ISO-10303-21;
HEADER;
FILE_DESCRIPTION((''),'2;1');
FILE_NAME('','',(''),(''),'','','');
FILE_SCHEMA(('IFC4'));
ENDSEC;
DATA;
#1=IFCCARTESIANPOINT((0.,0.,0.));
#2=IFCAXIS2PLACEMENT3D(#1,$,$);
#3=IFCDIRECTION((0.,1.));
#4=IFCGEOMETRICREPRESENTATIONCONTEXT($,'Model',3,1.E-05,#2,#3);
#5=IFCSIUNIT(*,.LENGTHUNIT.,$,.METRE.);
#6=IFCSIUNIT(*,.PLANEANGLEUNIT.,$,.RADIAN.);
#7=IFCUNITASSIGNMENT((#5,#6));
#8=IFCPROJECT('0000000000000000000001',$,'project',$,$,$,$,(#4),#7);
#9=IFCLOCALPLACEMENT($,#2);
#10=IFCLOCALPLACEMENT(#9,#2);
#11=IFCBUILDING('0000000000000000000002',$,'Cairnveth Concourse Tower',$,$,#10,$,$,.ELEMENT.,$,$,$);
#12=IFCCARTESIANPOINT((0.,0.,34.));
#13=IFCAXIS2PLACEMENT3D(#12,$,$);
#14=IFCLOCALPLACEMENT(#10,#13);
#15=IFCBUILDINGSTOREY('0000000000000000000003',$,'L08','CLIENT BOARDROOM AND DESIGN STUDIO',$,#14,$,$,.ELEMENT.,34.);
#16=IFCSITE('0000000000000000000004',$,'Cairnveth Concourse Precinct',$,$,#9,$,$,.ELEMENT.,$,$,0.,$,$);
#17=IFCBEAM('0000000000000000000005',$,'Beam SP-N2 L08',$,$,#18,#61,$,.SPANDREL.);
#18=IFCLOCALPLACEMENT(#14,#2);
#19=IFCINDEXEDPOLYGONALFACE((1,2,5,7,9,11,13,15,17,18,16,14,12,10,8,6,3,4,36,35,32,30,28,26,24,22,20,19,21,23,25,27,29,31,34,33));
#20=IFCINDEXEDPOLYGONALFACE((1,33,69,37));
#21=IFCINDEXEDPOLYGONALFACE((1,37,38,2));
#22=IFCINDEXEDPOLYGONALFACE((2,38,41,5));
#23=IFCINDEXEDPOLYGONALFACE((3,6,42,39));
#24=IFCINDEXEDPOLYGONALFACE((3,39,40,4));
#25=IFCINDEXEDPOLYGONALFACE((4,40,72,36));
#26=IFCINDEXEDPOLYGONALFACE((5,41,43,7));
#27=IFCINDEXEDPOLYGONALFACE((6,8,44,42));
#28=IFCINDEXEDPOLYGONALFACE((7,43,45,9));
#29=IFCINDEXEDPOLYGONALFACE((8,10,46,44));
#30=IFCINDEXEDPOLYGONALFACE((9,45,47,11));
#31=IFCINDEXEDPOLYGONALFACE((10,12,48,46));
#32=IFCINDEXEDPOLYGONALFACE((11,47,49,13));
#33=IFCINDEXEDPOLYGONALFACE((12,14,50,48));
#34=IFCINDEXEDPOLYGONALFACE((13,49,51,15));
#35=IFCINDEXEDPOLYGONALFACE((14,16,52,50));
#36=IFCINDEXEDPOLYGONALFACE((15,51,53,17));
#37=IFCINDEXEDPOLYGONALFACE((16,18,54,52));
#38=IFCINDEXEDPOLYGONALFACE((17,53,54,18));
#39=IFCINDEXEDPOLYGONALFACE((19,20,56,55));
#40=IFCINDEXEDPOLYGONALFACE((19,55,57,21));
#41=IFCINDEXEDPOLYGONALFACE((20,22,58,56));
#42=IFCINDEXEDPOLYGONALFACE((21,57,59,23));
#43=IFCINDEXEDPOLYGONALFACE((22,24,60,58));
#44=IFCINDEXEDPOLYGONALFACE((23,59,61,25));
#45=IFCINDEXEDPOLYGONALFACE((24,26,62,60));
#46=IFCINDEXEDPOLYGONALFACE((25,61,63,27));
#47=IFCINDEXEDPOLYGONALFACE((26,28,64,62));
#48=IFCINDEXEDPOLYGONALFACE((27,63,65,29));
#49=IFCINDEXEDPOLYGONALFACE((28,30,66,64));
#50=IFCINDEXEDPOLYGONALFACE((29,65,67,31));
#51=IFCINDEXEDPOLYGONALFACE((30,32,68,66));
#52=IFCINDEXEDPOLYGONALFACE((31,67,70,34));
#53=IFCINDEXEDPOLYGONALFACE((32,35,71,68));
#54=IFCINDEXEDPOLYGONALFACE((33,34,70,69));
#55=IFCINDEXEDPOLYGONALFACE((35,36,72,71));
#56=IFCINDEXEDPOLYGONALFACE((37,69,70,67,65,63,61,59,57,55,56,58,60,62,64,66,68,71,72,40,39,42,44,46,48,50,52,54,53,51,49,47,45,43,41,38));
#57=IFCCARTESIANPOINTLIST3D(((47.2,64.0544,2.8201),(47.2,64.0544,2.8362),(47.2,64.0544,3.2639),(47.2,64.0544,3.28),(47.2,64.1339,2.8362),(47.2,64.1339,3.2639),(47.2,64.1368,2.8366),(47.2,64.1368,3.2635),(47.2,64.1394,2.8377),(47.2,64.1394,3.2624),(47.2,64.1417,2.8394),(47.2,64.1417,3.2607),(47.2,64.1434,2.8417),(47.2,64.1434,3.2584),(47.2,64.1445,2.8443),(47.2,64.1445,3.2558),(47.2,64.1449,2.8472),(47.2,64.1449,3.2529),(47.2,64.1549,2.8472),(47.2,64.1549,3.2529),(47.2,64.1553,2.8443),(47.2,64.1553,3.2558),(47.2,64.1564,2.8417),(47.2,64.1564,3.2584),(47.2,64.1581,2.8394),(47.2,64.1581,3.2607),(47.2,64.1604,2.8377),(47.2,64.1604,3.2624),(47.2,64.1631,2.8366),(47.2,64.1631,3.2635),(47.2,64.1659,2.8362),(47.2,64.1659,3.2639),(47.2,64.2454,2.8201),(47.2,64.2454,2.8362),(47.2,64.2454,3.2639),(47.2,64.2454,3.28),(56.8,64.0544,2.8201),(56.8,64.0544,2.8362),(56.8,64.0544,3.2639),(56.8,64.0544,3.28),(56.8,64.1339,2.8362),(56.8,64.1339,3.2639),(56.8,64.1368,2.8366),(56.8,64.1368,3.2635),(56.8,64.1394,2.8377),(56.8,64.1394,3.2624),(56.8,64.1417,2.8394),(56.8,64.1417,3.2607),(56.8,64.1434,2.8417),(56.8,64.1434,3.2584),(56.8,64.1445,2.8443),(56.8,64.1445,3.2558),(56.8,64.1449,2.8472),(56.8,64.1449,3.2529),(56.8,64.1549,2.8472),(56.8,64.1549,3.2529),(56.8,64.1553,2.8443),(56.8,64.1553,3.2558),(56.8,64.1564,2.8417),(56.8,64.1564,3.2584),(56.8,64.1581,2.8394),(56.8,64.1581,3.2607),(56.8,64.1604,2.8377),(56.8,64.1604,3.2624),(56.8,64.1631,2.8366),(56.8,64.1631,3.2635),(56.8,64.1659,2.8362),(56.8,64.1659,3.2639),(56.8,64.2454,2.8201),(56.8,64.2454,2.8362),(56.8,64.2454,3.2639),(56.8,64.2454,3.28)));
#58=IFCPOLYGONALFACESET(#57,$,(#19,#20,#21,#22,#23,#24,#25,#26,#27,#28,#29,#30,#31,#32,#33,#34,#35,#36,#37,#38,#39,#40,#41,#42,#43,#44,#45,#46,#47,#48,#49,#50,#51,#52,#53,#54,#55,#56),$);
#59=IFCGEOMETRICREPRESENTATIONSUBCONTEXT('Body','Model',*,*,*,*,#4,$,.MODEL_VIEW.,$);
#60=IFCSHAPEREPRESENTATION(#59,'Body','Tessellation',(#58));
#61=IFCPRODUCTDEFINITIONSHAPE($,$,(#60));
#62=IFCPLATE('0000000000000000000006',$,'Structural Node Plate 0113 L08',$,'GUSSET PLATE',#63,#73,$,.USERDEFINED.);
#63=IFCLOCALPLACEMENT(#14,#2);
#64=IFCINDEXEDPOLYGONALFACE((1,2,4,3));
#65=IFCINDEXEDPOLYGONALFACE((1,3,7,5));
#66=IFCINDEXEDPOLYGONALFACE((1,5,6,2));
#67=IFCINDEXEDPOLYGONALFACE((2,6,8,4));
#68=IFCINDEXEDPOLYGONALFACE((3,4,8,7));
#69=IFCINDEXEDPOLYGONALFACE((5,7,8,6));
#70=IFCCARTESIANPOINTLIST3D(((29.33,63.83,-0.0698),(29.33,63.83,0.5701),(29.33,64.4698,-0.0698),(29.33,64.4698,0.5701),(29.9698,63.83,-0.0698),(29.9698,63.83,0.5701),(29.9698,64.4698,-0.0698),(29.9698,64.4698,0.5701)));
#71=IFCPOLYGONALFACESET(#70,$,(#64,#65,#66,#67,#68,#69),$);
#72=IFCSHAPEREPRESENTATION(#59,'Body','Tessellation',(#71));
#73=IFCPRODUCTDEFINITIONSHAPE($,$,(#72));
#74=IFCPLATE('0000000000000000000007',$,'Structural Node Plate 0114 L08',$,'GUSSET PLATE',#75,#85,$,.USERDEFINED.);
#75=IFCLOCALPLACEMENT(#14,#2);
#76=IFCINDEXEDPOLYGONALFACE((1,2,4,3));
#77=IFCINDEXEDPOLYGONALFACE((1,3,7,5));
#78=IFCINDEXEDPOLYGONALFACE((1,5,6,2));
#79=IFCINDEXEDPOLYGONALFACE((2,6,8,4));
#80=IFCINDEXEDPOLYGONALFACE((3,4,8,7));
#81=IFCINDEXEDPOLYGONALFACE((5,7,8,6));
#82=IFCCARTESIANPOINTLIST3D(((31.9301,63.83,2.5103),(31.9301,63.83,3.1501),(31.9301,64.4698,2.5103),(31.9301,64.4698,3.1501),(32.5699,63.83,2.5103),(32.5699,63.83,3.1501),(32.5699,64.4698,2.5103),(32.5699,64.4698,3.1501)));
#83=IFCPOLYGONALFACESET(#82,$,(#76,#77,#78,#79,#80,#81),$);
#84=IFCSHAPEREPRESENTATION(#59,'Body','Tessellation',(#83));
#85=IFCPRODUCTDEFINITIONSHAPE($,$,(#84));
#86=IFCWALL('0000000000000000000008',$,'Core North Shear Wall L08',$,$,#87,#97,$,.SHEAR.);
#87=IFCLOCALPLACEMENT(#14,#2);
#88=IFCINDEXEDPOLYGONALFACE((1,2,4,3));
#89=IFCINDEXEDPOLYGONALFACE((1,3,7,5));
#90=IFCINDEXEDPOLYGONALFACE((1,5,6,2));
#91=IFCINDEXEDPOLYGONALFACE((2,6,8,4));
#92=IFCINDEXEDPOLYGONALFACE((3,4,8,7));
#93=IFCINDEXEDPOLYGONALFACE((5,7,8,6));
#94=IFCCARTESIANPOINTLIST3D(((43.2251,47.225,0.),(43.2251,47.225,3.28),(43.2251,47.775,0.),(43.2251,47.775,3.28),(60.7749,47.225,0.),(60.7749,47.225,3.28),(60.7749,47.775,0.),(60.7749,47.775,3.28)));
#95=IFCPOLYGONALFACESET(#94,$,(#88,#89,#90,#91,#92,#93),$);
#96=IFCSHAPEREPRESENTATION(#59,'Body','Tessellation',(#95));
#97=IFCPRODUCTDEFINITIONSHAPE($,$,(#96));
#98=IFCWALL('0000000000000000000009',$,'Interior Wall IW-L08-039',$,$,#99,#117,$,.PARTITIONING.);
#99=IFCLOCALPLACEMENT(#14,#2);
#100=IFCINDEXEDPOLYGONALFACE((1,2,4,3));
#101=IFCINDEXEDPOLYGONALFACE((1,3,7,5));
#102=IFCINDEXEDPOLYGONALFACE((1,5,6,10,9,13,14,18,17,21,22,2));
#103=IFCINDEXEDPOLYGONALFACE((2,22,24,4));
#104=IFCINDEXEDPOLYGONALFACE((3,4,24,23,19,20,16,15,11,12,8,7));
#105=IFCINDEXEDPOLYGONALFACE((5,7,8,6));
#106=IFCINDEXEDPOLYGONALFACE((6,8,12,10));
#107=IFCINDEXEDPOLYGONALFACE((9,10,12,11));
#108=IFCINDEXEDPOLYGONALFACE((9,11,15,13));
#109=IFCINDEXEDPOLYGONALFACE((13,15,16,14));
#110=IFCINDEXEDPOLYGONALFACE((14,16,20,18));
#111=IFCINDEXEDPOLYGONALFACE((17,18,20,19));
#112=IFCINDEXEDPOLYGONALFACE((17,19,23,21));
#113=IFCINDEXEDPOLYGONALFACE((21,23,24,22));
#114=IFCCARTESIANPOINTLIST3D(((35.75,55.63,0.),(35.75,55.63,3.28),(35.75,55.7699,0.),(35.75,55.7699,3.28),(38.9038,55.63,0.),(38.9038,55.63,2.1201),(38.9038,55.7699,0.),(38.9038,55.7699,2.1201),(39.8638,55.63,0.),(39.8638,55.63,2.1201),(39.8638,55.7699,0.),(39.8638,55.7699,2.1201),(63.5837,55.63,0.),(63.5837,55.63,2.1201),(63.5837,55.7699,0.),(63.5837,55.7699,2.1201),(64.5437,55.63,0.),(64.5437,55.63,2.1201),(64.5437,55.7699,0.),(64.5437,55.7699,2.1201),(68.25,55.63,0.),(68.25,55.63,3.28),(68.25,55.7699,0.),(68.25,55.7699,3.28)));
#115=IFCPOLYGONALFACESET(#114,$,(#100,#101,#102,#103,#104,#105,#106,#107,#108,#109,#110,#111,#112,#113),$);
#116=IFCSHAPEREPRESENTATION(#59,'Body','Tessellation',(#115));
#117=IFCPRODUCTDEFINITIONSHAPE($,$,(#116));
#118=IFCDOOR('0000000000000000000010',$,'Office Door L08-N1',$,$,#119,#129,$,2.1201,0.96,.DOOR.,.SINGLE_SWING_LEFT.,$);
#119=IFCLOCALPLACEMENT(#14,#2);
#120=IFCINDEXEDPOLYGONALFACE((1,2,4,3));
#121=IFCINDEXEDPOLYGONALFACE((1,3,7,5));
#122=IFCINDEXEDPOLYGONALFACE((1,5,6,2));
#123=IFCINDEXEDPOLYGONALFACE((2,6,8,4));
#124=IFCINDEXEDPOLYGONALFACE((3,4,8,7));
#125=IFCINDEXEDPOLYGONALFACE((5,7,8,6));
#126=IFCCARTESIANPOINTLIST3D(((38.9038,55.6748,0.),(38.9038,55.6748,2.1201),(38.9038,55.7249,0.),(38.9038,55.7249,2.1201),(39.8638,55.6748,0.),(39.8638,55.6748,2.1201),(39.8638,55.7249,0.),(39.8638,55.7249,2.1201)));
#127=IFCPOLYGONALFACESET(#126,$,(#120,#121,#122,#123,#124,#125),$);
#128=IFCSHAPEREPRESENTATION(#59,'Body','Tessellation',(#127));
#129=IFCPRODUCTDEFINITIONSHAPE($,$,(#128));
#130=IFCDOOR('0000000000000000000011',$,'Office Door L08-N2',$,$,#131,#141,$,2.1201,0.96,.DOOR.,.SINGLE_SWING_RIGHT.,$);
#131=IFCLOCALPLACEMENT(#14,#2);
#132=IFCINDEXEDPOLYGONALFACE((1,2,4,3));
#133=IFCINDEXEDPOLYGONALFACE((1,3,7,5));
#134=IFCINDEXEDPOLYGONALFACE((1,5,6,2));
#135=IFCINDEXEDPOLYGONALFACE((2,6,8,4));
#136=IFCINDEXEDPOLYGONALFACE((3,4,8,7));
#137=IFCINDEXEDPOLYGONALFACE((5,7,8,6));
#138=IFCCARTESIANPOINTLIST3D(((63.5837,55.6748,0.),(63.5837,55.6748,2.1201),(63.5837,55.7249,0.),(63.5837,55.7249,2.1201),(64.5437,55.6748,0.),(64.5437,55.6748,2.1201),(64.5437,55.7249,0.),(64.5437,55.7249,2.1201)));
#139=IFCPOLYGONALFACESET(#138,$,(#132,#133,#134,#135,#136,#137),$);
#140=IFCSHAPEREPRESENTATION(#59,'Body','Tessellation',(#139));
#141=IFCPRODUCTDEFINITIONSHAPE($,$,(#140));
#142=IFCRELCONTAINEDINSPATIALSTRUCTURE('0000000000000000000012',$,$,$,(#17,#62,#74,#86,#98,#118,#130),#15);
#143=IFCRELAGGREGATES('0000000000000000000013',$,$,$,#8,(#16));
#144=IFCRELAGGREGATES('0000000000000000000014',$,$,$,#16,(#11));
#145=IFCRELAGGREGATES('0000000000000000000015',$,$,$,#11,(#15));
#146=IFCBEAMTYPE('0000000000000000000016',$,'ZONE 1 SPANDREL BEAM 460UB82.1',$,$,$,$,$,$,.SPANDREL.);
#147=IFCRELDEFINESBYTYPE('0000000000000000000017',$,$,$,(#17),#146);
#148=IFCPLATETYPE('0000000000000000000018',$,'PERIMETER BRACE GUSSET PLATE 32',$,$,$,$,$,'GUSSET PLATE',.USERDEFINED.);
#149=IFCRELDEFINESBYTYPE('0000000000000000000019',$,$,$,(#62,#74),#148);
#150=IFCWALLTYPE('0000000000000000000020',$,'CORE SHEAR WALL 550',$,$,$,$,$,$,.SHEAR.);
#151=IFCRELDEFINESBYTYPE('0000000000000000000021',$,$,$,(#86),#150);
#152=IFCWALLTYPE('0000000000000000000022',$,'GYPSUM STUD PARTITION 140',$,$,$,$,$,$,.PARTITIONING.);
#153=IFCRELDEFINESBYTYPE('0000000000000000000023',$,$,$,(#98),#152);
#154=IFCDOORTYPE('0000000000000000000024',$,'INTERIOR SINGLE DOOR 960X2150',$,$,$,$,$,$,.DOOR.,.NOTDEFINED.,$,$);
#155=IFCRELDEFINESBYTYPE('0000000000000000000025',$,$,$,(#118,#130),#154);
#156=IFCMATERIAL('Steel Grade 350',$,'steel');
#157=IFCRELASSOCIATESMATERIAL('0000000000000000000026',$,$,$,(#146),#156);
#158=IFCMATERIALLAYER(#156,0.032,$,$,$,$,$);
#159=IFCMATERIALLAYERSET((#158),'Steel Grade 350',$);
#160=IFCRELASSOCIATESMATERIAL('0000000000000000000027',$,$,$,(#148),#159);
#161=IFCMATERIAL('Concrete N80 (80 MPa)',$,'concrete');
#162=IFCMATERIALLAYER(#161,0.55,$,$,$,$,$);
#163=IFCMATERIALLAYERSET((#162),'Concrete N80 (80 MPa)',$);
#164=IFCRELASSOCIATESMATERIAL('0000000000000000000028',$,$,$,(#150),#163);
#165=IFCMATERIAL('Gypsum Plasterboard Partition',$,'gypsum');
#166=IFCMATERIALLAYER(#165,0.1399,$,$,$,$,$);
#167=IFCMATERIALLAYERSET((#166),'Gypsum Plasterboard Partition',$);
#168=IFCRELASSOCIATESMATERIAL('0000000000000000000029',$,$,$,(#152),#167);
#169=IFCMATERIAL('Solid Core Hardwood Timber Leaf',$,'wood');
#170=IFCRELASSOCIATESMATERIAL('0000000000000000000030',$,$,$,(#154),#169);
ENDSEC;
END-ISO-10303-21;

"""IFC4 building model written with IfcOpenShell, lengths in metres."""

from ifc_helpers import new_model, si_unit, direction, frame, frame_2d, origin, origin_2d, place, context, subcontext, project, spatial, rectangle, i_section, extrude, material, layer, layer_set, material_profile, profile_set, type_object, element, fill, save


model = new_model("IFC4")

# Units and contexts
model_context = context("Model", 3, precision=1e-05, world=origin(), true_north=direction((0.0, 1.0)))
body_context = subcontext(model_context, "Body", "Model", "MODEL_VIEW")
ifc_project = project(units=[si_unit("LENGTHUNIT", "METRE"), si_unit("PLANEANGLEUNIT", "RADIAN")], contexts=[model_context])

# Site, building, storey
site_placement = place(None, origin())
site = spatial("IfcSite", under=ifc_project, at=site_placement, Name="Cairnveth Concourse Precinct", CompositionType="ELEMENT", RefElevation=0.0)
building_placement = place(site_placement, origin())
building = spatial("IfcBuilding", under=site, at=building_placement, Name="Cairnveth Concourse Tower", CompositionType="ELEMENT")
storey_placement = place(building_placement, frame((0.0, 0.0, 34.0)))
storey = spatial("IfcBuildingStorey", under=building, at=storey_placement, Name="L08", Description="CLIENT BOARDROOM AND DESIGN STUDIO", CompositionType="ELEMENT", Elevation=34.0)

# Shared definitions
ifc_material_1 = material(Name="Steel Grade 350", Category="steel")

# Beam
ifc_material_profile_1 = material_profile(ifc_material_1, i_section(OverallWidth=0.1909, OverallDepth=0.46, WebThickness=0.01, FlangeThickness=0.0161, FilletRadius=0.011, at=origin_2d()), Name="460UB82.1")
ifc_profile_set_1 = profile_set([ifc_material_profile_1], Name="Steel Grade 350")
beam_type_1 = type_object("IfcBeamType", Name="ZONE 1 SPANDREL BEAM 460UB82.1", PredefinedType="SPANDREL", material=ifc_profile_set_1)
beam_1_placement = place(storey_placement, frame((47.2, 64.1499, 3.05), z_axis=(1.0, 0.0, 0.0), x_axis=(0.0, 1.0, 0.0)))
element("IfcBeam", 1, at=beam_1_placement, inside=storey, type_object=beam_type_1, Name="Beam SP-N2 L08", PredefinedType="SPANDREL", context=body_context, shape_type="SweptSolid", body=[
    extrude(i_section(OverallWidth=0.1909, OverallDepth=0.46, WebThickness=0.01, FlangeThickness=0.0161, FilletRadius=0.011, at=origin_2d()), origin(), (0.0, 0.0, 1.0), 9.6001),
])

# Plates
ifc_layer_1 = layer(ifc_material_1, 0.032)
ifc_layer_set_1 = layer_set([ifc_layer_1], Name="Steel Grade 350")
plate_type = type_object("IfcPlateType", Name="PERIMETER BRACE GUSSET PLATE 32", ElementType="GUSSET PLATE", PredefinedType="USERDEFINED", material=ifc_layer_set_1)
for number, where, z_axis, x_axis, name in (
    (2, (29.6499, 64.1499, -0.0698), (0.0, 0.0, 1.0), (1.0, 0.0, 0.0), "Structural Node Plate 0113 L08"),
    (3, (32.25, 64.1499, 2.5103), (0.0, 0.0, 1.0), (1.0, 0.0, 0.0), "Structural Node Plate 0114 L08"),
):
    element("IfcPlate", number, at=place(storey_placement, frame(where, z_axis=z_axis, x_axis=x_axis)), inside=storey, type_object=plate_type, Name=name, ObjectType="GUSSET PLATE", PredefinedType="USERDEFINED", context=body_context, shape_type="SweptSolid", body=[
        extrude(rectangle(XDim=0.6399, YDim=0.6399, at=origin_2d()), origin(), (0.0, 0.0, 1.0), 0.6399),
    ])

# Wall
ifc_material_2 = material(Name="Concrete N80 (80 MPa)", Category="concrete")
ifc_layer_2 = layer(ifc_material_2, 0.55)
ifc_layer_set_2 = layer_set([ifc_layer_2], Name="Concrete N80 (80 MPa)")
wall_type_1 = type_object("IfcWallType", Name="CORE SHEAR WALL 550", PredefinedType="SHEAR", material=ifc_layer_set_2)
wall_1_placement = place(storey_placement, frame((43.2251, 47.5, 0.0), z_axis=(0.0, 0.0, 1.0), x_axis=(1.0, 0.0, 0.0)))
element("IfcWall", 4, at=wall_1_placement, inside=storey, type_object=wall_type_1, Name="Core North Shear Wall L08", PredefinedType="SHEAR", context=body_context, shape_type="SweptSolid", body=[
    extrude(rectangle(XDim=17.5498, YDim=0.55, at=frame_2d((8.7749, 0.0))), origin(), (0.0, 0.0, 1.0), 3.28),
])

# Wall, openings, doors
ifc_material_3 = material(Name="Gypsum Plasterboard Partition", Category="gypsum")
ifc_layer_3 = layer(ifc_material_3, 0.1399)
ifc_layer_set_3 = layer_set([ifc_layer_3], Name="Gypsum Plasterboard Partition")
wall_type_2 = type_object("IfcWallType", Name="GYPSUM STUD PARTITION 140", PredefinedType="PARTITIONING", material=ifc_layer_set_3)
wall_2_placement = place(storey_placement, frame((35.75, 55.7, 0.0), z_axis=(0.0, 0.0, 1.0), x_axis=(1.0, 0.0, 0.0)))
wall_2 = element("IfcWall", 5, at=wall_2_placement, inside=storey, type_object=wall_type_2, Name="Interior Wall IW-L08-039", PredefinedType="PARTITIONING", context=body_context, shape_type="SweptSolid", body=[
    extrude(rectangle(XDim=32.5, YDim=0.1399, at=frame_2d((16.25, 0.0))), origin(), (0.0, 0.0, 1.0), 3.28),
])
opening_1_placement = place(wall_2_placement, frame((3.1538, 0.0, 0.0)))
opening_1 = element("IfcOpeningElement", 6, at=opening_1_placement, cuts=wall_2, PredefinedType="OPENING", context=body_context, shape_type="SweptSolid", body=[
    extrude(rectangle(XDim=0.96, YDim=2.1201, at=frame_2d((0.48, 1.0601))), frame((0.0, 0.0798, 0.0), z_axis=(0.0, -1.0, 0.0), x_axis=(1.0, 0.0, 0.0)), (0.0, 0.0, 1.0), 0.1599),
])
opening_2_placement = place(wall_2_placement, frame((27.8337, 0.0, 0.0)))
opening_2 = element("IfcOpeningElement", 7, at=opening_2_placement, cuts=wall_2, PredefinedType="OPENING", context=body_context, shape_type="SweptSolid", body=[
    extrude(rectangle(XDim=0.96, YDim=2.1201, at=frame_2d((0.48, 1.0601))), frame((0.0, 0.0798, 0.0), z_axis=(0.0, -1.0, 0.0), x_axis=(1.0, 0.0, 0.0)), (0.0, 0.0, 1.0), 0.1599),
])
ifc_material_4 = material(Name="Solid Core Hardwood Timber Leaf", Category="wood")
door_type_1 = type_object("IfcDoorType", Name="INTERIOR SINGLE DOOR 960X2150", OperationType="NOTDEFINED", PredefinedType="DOOR", material=ifc_material_4)
door_1_placement = place(opening_1_placement, origin())
door_1 = element("IfcDoor", 8, at=door_1_placement, inside=storey, type_object=door_type_1, Name="Office Door L08-N1", OperationType="SINGLE_SWING_LEFT", OverallHeight=2.1201, OverallWidth=0.96, PredefinedType="DOOR", context=body_context, shape_type="SweptSolid", body=[
    extrude(rectangle(XDim=0.96, YDim=2.1201, at=frame_2d((0.48, 1.0601))), frame((0.0, 0.0249, 0.0), z_axis=(0.0, -1.0, 0.0), x_axis=(1.0, 0.0, 0.0)), (0.0, 0.0, 1.0), 0.05),
])
fill(opening_1, door_1)
door_2_placement = place(opening_2_placement, origin())
door_2 = element("IfcDoor", 9, at=door_2_placement, inside=storey, type_object=door_type_1, Name="Office Door L08-N2", OperationType="SINGLE_SWING_RIGHT", OverallHeight=2.1201, OverallWidth=0.96, PredefinedType="DOOR", context=body_context, shape_type="SweptSolid", body=[
    extrude(rectangle(XDim=0.96, YDim=2.1201, at=frame_2d((0.48, 1.0601))), frame((0.0, 0.0249, 0.0), z_axis=(0.0, -1.0, 0.0), x_axis=(1.0, 0.0, 0.0)), (0.0, 0.0, 1.0), 0.05),
])
fill(opening_2, door_2)

save(model, "model.ifc")
